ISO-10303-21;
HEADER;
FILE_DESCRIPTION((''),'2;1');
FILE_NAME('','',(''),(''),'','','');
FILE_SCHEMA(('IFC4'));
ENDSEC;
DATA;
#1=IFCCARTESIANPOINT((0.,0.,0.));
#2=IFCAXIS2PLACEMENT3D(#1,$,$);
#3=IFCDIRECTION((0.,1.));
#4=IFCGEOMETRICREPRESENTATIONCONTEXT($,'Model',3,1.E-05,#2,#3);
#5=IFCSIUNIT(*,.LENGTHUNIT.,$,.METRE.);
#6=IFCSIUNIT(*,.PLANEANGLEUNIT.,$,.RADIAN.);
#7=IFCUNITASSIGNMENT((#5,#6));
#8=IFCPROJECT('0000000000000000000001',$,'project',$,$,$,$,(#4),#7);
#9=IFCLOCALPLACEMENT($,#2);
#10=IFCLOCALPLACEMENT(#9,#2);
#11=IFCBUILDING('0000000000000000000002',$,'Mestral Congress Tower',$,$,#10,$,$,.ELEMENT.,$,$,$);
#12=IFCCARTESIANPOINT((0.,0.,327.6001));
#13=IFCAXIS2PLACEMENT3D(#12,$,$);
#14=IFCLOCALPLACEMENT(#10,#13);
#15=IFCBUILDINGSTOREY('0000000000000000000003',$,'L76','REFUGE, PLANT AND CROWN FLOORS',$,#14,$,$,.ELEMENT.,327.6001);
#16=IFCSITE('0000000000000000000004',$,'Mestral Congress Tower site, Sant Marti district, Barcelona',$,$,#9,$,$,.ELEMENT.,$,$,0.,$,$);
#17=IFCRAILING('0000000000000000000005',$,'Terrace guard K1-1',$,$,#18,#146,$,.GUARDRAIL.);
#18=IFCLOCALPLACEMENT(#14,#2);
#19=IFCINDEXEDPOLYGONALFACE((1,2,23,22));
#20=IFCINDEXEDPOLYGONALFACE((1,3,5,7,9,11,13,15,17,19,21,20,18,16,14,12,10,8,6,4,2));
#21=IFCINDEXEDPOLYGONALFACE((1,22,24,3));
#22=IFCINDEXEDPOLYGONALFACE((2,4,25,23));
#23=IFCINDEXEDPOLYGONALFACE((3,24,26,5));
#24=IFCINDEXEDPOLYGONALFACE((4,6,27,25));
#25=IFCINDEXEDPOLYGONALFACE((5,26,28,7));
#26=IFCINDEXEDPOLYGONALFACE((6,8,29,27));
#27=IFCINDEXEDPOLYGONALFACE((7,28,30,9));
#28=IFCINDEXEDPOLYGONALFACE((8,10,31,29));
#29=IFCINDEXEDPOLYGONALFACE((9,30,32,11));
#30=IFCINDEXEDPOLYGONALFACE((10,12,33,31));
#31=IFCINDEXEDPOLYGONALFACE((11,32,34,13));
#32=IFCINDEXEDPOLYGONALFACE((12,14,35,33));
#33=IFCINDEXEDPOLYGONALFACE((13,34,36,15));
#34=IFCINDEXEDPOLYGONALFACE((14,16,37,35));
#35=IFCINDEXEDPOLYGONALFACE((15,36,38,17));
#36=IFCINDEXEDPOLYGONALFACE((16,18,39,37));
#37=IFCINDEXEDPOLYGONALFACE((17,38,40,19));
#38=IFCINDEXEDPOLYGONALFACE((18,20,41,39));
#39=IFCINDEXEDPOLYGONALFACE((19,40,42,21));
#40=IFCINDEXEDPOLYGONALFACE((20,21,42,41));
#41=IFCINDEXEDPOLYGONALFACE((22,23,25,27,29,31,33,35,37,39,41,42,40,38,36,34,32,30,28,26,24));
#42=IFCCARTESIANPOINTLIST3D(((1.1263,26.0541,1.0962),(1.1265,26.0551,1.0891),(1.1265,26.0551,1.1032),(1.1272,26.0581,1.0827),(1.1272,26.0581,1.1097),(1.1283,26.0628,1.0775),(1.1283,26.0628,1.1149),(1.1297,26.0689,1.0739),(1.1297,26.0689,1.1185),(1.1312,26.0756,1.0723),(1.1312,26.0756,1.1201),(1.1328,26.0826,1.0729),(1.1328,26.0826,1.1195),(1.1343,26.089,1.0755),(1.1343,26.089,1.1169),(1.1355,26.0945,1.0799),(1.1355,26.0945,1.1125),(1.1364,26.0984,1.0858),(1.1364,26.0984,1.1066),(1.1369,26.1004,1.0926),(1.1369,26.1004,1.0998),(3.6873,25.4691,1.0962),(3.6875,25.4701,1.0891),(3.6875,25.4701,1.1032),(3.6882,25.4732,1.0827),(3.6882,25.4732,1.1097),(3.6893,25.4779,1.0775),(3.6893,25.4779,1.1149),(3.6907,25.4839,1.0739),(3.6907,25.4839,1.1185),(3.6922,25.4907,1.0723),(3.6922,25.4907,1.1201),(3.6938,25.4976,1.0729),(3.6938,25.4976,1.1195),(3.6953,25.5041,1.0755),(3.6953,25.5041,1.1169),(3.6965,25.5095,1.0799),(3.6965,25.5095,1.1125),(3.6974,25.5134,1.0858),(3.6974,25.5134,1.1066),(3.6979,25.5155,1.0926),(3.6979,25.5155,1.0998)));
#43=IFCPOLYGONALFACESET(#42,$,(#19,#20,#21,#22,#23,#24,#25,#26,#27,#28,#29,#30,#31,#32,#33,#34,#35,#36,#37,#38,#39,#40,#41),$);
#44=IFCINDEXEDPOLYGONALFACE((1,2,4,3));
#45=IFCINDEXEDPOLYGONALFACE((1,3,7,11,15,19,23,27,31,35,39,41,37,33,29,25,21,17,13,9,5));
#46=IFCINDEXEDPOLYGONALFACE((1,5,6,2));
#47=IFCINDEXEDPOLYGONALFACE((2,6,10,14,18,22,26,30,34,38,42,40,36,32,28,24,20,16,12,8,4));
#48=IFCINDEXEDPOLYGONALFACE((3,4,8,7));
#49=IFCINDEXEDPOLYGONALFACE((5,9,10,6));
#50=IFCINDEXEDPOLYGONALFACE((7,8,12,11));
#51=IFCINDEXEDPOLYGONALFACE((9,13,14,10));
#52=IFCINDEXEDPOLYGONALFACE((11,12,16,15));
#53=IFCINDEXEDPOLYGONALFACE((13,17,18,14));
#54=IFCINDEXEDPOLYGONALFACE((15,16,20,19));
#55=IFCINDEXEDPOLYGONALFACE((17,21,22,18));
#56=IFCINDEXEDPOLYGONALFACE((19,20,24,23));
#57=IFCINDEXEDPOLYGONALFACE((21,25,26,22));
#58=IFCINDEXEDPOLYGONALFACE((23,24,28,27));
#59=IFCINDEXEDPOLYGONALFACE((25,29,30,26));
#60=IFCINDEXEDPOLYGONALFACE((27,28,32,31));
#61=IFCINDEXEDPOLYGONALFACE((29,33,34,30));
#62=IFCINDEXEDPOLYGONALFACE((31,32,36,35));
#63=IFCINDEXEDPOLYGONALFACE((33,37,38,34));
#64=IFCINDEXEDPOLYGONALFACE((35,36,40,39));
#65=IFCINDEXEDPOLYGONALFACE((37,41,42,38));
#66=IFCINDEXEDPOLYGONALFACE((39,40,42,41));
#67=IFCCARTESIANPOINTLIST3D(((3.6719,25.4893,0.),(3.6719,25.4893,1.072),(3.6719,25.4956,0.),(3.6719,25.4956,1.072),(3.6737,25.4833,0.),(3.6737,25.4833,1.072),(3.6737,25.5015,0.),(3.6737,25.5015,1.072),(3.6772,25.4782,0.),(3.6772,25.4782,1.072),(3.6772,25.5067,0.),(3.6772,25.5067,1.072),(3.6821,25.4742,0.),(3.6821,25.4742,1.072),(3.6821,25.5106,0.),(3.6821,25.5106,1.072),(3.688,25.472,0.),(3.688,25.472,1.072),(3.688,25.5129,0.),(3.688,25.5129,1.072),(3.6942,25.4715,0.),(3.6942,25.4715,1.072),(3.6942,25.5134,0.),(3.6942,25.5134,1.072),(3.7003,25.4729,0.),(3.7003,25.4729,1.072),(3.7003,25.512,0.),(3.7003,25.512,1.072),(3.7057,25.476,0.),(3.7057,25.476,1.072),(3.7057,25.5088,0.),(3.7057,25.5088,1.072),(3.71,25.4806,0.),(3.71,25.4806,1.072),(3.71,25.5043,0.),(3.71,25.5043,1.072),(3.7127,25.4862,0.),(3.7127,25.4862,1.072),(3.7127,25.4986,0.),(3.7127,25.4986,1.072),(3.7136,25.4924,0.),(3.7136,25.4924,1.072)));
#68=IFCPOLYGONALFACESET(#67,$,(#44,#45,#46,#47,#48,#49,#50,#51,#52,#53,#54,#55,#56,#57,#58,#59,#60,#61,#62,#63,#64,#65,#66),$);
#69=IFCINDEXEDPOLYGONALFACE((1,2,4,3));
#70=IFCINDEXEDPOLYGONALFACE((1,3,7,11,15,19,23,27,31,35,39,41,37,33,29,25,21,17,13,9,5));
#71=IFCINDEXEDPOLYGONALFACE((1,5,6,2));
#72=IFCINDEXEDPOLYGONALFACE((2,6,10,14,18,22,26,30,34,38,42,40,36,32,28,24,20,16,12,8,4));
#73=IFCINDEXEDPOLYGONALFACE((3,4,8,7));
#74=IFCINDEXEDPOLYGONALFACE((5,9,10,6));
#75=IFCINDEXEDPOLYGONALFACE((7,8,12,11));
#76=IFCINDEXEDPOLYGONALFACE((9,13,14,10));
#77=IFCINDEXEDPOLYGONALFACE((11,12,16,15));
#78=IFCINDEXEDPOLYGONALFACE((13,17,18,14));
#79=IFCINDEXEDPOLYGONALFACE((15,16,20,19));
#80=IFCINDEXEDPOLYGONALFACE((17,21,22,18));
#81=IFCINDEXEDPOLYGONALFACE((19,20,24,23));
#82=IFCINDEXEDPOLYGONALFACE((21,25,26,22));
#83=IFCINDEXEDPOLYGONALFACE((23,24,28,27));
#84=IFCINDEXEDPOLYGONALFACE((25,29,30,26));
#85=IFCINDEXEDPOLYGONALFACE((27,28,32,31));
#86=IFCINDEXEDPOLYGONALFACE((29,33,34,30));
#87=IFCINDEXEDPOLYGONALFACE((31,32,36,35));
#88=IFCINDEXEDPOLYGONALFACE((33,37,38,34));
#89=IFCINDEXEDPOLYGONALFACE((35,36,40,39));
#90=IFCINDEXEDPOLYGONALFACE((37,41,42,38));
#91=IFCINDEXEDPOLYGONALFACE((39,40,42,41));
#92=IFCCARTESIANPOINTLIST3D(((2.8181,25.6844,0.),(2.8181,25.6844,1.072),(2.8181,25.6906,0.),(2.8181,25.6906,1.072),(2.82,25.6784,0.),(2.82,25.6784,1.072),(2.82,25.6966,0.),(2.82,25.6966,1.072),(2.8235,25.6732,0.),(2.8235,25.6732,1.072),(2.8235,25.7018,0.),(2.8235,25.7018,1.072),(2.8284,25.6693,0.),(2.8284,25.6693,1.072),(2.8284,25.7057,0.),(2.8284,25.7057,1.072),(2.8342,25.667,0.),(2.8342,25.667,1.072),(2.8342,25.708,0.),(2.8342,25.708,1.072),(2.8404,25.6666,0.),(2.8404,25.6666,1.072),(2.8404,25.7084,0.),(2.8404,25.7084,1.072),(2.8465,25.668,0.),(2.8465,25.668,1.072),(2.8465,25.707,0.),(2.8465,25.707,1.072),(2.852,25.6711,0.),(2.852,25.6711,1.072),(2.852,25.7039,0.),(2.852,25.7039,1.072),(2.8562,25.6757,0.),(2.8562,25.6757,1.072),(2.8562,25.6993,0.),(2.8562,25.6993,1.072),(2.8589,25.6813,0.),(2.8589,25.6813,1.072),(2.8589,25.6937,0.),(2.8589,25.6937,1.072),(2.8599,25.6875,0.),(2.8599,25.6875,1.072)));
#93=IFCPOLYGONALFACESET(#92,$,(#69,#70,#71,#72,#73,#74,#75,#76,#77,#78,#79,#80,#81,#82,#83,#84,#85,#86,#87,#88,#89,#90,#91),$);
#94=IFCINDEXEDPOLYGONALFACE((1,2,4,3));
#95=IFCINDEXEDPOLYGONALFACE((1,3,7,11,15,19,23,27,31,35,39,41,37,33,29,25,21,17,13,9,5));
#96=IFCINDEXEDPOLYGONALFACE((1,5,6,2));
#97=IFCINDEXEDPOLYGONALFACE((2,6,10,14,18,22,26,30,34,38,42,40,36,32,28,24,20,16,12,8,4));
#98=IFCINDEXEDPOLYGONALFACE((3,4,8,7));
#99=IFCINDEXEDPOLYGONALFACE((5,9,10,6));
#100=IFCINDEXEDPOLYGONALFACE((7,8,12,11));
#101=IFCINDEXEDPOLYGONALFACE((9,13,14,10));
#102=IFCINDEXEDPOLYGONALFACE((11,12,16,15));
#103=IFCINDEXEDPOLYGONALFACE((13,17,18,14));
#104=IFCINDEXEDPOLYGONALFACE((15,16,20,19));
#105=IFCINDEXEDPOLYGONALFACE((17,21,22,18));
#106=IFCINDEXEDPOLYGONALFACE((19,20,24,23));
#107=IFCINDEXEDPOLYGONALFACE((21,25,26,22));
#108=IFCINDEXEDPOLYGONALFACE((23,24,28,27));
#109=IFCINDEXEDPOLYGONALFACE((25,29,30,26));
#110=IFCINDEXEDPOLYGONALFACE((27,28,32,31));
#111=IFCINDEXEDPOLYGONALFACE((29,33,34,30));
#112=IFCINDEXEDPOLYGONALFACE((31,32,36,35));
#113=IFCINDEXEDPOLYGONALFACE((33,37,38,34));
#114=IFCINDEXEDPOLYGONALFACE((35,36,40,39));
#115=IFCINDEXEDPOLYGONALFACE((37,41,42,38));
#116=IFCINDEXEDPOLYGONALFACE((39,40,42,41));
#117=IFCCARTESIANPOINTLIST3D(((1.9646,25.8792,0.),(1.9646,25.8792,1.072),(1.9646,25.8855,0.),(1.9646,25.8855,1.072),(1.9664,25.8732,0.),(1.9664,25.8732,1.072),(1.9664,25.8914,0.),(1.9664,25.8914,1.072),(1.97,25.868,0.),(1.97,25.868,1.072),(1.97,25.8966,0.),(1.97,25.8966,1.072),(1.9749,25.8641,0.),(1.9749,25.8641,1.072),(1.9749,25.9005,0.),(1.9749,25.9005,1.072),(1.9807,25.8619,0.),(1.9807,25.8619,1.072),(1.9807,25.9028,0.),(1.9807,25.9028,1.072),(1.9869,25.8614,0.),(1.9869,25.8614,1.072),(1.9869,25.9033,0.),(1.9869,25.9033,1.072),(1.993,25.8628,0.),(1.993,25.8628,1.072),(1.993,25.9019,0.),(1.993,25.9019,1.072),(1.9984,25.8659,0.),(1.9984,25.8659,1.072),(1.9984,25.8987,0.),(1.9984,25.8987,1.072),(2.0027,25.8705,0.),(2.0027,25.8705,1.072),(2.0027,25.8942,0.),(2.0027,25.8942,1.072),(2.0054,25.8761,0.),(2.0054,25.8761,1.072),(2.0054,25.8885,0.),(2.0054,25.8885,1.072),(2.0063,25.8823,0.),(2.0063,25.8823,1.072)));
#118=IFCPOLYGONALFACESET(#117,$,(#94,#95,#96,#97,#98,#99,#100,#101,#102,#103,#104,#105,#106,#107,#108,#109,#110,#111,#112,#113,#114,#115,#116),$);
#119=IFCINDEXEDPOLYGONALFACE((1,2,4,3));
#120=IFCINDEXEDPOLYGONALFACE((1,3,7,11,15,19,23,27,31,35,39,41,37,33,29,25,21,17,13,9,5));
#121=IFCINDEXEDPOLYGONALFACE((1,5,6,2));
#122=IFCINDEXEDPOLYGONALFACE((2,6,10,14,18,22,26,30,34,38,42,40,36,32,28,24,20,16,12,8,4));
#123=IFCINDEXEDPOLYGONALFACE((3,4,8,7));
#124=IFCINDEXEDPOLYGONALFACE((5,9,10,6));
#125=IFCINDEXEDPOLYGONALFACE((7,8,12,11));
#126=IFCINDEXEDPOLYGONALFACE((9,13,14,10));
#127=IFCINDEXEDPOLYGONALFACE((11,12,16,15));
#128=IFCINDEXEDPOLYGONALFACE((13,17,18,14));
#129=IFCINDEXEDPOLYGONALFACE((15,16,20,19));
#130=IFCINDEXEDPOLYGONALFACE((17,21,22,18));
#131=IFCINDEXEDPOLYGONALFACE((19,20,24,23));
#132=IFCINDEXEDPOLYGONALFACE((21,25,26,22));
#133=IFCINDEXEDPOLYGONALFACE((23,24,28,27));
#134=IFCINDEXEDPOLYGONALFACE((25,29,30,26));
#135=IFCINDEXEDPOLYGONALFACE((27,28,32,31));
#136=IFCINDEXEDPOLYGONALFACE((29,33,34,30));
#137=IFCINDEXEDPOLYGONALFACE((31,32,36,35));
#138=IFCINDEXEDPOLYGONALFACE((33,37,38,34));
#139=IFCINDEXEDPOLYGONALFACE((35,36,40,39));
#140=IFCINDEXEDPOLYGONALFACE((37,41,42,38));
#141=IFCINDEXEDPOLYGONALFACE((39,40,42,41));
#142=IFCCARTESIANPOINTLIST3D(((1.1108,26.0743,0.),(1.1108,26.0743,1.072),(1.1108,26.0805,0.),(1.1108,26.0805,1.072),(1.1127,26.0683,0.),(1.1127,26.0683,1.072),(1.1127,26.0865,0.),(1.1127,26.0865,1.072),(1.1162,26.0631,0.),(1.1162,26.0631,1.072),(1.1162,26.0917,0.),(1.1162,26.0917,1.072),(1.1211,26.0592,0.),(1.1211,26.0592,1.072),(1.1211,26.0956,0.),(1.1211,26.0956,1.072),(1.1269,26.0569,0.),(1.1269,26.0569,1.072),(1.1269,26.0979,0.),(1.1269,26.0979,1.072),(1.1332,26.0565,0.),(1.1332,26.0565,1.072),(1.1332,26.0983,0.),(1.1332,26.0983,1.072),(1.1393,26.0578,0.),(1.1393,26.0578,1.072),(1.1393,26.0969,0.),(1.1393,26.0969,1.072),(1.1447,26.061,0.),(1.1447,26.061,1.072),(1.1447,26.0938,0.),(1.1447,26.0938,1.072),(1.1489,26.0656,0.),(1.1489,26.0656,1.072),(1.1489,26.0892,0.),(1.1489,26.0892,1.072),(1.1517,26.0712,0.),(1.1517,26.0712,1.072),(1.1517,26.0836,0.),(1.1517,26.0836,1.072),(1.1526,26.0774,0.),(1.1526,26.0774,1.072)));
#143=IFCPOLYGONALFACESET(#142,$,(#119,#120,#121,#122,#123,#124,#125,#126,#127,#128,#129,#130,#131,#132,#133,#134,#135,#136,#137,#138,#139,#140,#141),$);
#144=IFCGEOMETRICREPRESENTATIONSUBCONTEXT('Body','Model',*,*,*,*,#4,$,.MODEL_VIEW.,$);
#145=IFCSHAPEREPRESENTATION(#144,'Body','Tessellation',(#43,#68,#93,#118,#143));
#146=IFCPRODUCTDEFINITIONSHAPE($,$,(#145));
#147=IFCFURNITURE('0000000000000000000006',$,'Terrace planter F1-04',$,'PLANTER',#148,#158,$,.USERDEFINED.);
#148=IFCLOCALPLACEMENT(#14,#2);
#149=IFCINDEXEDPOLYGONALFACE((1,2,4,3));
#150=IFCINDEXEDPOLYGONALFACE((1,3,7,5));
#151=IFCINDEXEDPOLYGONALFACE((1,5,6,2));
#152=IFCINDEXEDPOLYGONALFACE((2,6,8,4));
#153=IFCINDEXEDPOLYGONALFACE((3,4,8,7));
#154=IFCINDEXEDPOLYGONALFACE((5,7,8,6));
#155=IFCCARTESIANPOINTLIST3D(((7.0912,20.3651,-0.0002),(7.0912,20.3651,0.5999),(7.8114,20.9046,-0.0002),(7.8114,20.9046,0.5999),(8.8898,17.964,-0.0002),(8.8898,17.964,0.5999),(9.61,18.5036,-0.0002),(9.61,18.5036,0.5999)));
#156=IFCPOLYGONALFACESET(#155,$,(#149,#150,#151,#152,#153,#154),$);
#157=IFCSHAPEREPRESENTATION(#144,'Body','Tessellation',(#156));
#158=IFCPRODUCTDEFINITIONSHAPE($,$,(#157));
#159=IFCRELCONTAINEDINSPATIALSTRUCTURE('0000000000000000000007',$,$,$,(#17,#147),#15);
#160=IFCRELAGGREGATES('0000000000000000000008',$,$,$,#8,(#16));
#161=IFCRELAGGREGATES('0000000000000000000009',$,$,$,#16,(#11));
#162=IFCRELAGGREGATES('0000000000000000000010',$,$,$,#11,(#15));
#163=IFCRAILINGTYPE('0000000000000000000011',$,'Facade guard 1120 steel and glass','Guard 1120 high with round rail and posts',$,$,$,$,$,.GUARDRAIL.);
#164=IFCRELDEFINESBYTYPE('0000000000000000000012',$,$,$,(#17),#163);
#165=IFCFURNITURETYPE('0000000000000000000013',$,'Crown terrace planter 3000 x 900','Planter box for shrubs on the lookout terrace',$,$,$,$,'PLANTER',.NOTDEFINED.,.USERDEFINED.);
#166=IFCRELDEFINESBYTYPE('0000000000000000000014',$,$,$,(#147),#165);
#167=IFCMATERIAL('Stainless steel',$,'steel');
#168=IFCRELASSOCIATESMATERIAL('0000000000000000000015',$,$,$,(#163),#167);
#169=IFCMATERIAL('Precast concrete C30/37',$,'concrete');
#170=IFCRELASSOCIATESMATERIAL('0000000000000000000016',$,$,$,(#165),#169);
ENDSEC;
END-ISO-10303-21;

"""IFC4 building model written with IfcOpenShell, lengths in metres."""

from ifc_helpers import new_model, si_unit, direction, frame, origin, origin_2d, place, context, subcontext, project, spatial, rectangle, circle, extrude, material, type_object, element, save


model = new_model("IFC4")

# Units and contexts
model_context = context("Model", 3, precision=1e-05, world=origin(), true_north=direction((0.0, 1.0)))
body_context = subcontext(model_context, "Body", "Model", "MODEL_VIEW")
ifc_project = project(units=[si_unit("LENGTHUNIT", "METRE"), si_unit("PLANEANGLEUNIT", "RADIAN")], contexts=[model_context])

# Site, building, storey
site_placement = place(None, origin())
site = spatial("IfcSite", under=ifc_project, at=site_placement, Name="Mestral Congress Tower site, Sant Marti district, Barcelona", CompositionType="ELEMENT", RefElevation=0.0)
building_placement = place(site_placement, origin())
building = spatial("IfcBuilding", under=site, at=building_placement, Name="Mestral Congress Tower", CompositionType="ELEMENT")
storey_placement = place(building_placement, frame((0.0, 0.0, 327.6001)))
storey = spatial("IfcBuildingStorey", under=building, at=storey_placement, Name="L76", Description="REFUGE, PLANT AND CROWN FLOORS", CompositionType="ELEMENT", Elevation=327.6001)

# Railing
ifc_material_1 = material(Name="Stainless steel", Category="steel")
railing_type = type_object("IfcRailingType", Name="Facade guard 1120 steel and glass", Description="Guard 1120 high with round rail and posts", PredefinedType="GUARDRAIL", material=ifc_material_1)
railing_1_placement = place(storey_placement, frame((3.6926, 25.4924, 0.0)))
element("IfcRailing", 1, at=railing_1_placement, inside=storey, type_object=railing_type, Name="Terrace guard K1-1", PredefinedType="GUARDRAIL", context=body_context, shape_type="SweptSolid", body=[
    extrude(circle(Radius=0.0239, at=origin_2d()), frame((0.0, 0.0, 1.0962), z_axis=(-0.974893, 0.222673, 0.0), x_axis=(-0.222673, -0.974893, 0.0)), (0.0, 0.0, 1.0), 2.627),
    extrude(circle(Radius=0.021, at=origin_2d()), origin(), (0.0, 0.0, 1.0), 1.072),
    extrude(circle(Radius=0.021, at=origin_2d()), frame((-0.8538, 0.1951, 0.0)), (0.0, 0.0, 1.0), 1.072),
    extrude(circle(Radius=0.021, at=origin_2d()), frame((-1.7073, 0.3899, 0.0)), (0.0, 0.0, 1.0), 1.072),
    extrude(circle(Radius=0.021, at=origin_2d()), frame((-2.561, 0.585, 0.0)), (0.0, 0.0, 1.0), 1.072),
])

# Furniture
ifc_material_2 = material(Name="Precast concrete C30/37", Category="concrete")
furniture_type = type_object("IfcFurnitureType", Name="Crown terrace planter 3000 x 900", Description="Planter box for shrubs on the lookout terrace", ElementType="PLANTER", AssemblyPlace="NOTDEFINED", PredefinedType="USERDEFINED", material=ifc_material_2)
furniture_placement = place(storey_placement, frame((8.3506, 19.4343, -0.0002), z_axis=(0.0, 0.0, 1.0), x_axis=(-0.599542, 0.800343, 0.0)))
element("IfcFurniture", 2, at=furniture_placement, inside=storey, type_object=furniture_type, Name="Terrace planter F1-04", ObjectType="PLANTER", PredefinedType="USERDEFINED", context=body_context, shape_type="SweptSolid", body=[
    extrude(rectangle(XDim=3.0, YDim=0.8999, at=origin_2d()), origin(), (0.0, 0.0, 1.0), 0.6001),
])

save(model, "model.ifc")
